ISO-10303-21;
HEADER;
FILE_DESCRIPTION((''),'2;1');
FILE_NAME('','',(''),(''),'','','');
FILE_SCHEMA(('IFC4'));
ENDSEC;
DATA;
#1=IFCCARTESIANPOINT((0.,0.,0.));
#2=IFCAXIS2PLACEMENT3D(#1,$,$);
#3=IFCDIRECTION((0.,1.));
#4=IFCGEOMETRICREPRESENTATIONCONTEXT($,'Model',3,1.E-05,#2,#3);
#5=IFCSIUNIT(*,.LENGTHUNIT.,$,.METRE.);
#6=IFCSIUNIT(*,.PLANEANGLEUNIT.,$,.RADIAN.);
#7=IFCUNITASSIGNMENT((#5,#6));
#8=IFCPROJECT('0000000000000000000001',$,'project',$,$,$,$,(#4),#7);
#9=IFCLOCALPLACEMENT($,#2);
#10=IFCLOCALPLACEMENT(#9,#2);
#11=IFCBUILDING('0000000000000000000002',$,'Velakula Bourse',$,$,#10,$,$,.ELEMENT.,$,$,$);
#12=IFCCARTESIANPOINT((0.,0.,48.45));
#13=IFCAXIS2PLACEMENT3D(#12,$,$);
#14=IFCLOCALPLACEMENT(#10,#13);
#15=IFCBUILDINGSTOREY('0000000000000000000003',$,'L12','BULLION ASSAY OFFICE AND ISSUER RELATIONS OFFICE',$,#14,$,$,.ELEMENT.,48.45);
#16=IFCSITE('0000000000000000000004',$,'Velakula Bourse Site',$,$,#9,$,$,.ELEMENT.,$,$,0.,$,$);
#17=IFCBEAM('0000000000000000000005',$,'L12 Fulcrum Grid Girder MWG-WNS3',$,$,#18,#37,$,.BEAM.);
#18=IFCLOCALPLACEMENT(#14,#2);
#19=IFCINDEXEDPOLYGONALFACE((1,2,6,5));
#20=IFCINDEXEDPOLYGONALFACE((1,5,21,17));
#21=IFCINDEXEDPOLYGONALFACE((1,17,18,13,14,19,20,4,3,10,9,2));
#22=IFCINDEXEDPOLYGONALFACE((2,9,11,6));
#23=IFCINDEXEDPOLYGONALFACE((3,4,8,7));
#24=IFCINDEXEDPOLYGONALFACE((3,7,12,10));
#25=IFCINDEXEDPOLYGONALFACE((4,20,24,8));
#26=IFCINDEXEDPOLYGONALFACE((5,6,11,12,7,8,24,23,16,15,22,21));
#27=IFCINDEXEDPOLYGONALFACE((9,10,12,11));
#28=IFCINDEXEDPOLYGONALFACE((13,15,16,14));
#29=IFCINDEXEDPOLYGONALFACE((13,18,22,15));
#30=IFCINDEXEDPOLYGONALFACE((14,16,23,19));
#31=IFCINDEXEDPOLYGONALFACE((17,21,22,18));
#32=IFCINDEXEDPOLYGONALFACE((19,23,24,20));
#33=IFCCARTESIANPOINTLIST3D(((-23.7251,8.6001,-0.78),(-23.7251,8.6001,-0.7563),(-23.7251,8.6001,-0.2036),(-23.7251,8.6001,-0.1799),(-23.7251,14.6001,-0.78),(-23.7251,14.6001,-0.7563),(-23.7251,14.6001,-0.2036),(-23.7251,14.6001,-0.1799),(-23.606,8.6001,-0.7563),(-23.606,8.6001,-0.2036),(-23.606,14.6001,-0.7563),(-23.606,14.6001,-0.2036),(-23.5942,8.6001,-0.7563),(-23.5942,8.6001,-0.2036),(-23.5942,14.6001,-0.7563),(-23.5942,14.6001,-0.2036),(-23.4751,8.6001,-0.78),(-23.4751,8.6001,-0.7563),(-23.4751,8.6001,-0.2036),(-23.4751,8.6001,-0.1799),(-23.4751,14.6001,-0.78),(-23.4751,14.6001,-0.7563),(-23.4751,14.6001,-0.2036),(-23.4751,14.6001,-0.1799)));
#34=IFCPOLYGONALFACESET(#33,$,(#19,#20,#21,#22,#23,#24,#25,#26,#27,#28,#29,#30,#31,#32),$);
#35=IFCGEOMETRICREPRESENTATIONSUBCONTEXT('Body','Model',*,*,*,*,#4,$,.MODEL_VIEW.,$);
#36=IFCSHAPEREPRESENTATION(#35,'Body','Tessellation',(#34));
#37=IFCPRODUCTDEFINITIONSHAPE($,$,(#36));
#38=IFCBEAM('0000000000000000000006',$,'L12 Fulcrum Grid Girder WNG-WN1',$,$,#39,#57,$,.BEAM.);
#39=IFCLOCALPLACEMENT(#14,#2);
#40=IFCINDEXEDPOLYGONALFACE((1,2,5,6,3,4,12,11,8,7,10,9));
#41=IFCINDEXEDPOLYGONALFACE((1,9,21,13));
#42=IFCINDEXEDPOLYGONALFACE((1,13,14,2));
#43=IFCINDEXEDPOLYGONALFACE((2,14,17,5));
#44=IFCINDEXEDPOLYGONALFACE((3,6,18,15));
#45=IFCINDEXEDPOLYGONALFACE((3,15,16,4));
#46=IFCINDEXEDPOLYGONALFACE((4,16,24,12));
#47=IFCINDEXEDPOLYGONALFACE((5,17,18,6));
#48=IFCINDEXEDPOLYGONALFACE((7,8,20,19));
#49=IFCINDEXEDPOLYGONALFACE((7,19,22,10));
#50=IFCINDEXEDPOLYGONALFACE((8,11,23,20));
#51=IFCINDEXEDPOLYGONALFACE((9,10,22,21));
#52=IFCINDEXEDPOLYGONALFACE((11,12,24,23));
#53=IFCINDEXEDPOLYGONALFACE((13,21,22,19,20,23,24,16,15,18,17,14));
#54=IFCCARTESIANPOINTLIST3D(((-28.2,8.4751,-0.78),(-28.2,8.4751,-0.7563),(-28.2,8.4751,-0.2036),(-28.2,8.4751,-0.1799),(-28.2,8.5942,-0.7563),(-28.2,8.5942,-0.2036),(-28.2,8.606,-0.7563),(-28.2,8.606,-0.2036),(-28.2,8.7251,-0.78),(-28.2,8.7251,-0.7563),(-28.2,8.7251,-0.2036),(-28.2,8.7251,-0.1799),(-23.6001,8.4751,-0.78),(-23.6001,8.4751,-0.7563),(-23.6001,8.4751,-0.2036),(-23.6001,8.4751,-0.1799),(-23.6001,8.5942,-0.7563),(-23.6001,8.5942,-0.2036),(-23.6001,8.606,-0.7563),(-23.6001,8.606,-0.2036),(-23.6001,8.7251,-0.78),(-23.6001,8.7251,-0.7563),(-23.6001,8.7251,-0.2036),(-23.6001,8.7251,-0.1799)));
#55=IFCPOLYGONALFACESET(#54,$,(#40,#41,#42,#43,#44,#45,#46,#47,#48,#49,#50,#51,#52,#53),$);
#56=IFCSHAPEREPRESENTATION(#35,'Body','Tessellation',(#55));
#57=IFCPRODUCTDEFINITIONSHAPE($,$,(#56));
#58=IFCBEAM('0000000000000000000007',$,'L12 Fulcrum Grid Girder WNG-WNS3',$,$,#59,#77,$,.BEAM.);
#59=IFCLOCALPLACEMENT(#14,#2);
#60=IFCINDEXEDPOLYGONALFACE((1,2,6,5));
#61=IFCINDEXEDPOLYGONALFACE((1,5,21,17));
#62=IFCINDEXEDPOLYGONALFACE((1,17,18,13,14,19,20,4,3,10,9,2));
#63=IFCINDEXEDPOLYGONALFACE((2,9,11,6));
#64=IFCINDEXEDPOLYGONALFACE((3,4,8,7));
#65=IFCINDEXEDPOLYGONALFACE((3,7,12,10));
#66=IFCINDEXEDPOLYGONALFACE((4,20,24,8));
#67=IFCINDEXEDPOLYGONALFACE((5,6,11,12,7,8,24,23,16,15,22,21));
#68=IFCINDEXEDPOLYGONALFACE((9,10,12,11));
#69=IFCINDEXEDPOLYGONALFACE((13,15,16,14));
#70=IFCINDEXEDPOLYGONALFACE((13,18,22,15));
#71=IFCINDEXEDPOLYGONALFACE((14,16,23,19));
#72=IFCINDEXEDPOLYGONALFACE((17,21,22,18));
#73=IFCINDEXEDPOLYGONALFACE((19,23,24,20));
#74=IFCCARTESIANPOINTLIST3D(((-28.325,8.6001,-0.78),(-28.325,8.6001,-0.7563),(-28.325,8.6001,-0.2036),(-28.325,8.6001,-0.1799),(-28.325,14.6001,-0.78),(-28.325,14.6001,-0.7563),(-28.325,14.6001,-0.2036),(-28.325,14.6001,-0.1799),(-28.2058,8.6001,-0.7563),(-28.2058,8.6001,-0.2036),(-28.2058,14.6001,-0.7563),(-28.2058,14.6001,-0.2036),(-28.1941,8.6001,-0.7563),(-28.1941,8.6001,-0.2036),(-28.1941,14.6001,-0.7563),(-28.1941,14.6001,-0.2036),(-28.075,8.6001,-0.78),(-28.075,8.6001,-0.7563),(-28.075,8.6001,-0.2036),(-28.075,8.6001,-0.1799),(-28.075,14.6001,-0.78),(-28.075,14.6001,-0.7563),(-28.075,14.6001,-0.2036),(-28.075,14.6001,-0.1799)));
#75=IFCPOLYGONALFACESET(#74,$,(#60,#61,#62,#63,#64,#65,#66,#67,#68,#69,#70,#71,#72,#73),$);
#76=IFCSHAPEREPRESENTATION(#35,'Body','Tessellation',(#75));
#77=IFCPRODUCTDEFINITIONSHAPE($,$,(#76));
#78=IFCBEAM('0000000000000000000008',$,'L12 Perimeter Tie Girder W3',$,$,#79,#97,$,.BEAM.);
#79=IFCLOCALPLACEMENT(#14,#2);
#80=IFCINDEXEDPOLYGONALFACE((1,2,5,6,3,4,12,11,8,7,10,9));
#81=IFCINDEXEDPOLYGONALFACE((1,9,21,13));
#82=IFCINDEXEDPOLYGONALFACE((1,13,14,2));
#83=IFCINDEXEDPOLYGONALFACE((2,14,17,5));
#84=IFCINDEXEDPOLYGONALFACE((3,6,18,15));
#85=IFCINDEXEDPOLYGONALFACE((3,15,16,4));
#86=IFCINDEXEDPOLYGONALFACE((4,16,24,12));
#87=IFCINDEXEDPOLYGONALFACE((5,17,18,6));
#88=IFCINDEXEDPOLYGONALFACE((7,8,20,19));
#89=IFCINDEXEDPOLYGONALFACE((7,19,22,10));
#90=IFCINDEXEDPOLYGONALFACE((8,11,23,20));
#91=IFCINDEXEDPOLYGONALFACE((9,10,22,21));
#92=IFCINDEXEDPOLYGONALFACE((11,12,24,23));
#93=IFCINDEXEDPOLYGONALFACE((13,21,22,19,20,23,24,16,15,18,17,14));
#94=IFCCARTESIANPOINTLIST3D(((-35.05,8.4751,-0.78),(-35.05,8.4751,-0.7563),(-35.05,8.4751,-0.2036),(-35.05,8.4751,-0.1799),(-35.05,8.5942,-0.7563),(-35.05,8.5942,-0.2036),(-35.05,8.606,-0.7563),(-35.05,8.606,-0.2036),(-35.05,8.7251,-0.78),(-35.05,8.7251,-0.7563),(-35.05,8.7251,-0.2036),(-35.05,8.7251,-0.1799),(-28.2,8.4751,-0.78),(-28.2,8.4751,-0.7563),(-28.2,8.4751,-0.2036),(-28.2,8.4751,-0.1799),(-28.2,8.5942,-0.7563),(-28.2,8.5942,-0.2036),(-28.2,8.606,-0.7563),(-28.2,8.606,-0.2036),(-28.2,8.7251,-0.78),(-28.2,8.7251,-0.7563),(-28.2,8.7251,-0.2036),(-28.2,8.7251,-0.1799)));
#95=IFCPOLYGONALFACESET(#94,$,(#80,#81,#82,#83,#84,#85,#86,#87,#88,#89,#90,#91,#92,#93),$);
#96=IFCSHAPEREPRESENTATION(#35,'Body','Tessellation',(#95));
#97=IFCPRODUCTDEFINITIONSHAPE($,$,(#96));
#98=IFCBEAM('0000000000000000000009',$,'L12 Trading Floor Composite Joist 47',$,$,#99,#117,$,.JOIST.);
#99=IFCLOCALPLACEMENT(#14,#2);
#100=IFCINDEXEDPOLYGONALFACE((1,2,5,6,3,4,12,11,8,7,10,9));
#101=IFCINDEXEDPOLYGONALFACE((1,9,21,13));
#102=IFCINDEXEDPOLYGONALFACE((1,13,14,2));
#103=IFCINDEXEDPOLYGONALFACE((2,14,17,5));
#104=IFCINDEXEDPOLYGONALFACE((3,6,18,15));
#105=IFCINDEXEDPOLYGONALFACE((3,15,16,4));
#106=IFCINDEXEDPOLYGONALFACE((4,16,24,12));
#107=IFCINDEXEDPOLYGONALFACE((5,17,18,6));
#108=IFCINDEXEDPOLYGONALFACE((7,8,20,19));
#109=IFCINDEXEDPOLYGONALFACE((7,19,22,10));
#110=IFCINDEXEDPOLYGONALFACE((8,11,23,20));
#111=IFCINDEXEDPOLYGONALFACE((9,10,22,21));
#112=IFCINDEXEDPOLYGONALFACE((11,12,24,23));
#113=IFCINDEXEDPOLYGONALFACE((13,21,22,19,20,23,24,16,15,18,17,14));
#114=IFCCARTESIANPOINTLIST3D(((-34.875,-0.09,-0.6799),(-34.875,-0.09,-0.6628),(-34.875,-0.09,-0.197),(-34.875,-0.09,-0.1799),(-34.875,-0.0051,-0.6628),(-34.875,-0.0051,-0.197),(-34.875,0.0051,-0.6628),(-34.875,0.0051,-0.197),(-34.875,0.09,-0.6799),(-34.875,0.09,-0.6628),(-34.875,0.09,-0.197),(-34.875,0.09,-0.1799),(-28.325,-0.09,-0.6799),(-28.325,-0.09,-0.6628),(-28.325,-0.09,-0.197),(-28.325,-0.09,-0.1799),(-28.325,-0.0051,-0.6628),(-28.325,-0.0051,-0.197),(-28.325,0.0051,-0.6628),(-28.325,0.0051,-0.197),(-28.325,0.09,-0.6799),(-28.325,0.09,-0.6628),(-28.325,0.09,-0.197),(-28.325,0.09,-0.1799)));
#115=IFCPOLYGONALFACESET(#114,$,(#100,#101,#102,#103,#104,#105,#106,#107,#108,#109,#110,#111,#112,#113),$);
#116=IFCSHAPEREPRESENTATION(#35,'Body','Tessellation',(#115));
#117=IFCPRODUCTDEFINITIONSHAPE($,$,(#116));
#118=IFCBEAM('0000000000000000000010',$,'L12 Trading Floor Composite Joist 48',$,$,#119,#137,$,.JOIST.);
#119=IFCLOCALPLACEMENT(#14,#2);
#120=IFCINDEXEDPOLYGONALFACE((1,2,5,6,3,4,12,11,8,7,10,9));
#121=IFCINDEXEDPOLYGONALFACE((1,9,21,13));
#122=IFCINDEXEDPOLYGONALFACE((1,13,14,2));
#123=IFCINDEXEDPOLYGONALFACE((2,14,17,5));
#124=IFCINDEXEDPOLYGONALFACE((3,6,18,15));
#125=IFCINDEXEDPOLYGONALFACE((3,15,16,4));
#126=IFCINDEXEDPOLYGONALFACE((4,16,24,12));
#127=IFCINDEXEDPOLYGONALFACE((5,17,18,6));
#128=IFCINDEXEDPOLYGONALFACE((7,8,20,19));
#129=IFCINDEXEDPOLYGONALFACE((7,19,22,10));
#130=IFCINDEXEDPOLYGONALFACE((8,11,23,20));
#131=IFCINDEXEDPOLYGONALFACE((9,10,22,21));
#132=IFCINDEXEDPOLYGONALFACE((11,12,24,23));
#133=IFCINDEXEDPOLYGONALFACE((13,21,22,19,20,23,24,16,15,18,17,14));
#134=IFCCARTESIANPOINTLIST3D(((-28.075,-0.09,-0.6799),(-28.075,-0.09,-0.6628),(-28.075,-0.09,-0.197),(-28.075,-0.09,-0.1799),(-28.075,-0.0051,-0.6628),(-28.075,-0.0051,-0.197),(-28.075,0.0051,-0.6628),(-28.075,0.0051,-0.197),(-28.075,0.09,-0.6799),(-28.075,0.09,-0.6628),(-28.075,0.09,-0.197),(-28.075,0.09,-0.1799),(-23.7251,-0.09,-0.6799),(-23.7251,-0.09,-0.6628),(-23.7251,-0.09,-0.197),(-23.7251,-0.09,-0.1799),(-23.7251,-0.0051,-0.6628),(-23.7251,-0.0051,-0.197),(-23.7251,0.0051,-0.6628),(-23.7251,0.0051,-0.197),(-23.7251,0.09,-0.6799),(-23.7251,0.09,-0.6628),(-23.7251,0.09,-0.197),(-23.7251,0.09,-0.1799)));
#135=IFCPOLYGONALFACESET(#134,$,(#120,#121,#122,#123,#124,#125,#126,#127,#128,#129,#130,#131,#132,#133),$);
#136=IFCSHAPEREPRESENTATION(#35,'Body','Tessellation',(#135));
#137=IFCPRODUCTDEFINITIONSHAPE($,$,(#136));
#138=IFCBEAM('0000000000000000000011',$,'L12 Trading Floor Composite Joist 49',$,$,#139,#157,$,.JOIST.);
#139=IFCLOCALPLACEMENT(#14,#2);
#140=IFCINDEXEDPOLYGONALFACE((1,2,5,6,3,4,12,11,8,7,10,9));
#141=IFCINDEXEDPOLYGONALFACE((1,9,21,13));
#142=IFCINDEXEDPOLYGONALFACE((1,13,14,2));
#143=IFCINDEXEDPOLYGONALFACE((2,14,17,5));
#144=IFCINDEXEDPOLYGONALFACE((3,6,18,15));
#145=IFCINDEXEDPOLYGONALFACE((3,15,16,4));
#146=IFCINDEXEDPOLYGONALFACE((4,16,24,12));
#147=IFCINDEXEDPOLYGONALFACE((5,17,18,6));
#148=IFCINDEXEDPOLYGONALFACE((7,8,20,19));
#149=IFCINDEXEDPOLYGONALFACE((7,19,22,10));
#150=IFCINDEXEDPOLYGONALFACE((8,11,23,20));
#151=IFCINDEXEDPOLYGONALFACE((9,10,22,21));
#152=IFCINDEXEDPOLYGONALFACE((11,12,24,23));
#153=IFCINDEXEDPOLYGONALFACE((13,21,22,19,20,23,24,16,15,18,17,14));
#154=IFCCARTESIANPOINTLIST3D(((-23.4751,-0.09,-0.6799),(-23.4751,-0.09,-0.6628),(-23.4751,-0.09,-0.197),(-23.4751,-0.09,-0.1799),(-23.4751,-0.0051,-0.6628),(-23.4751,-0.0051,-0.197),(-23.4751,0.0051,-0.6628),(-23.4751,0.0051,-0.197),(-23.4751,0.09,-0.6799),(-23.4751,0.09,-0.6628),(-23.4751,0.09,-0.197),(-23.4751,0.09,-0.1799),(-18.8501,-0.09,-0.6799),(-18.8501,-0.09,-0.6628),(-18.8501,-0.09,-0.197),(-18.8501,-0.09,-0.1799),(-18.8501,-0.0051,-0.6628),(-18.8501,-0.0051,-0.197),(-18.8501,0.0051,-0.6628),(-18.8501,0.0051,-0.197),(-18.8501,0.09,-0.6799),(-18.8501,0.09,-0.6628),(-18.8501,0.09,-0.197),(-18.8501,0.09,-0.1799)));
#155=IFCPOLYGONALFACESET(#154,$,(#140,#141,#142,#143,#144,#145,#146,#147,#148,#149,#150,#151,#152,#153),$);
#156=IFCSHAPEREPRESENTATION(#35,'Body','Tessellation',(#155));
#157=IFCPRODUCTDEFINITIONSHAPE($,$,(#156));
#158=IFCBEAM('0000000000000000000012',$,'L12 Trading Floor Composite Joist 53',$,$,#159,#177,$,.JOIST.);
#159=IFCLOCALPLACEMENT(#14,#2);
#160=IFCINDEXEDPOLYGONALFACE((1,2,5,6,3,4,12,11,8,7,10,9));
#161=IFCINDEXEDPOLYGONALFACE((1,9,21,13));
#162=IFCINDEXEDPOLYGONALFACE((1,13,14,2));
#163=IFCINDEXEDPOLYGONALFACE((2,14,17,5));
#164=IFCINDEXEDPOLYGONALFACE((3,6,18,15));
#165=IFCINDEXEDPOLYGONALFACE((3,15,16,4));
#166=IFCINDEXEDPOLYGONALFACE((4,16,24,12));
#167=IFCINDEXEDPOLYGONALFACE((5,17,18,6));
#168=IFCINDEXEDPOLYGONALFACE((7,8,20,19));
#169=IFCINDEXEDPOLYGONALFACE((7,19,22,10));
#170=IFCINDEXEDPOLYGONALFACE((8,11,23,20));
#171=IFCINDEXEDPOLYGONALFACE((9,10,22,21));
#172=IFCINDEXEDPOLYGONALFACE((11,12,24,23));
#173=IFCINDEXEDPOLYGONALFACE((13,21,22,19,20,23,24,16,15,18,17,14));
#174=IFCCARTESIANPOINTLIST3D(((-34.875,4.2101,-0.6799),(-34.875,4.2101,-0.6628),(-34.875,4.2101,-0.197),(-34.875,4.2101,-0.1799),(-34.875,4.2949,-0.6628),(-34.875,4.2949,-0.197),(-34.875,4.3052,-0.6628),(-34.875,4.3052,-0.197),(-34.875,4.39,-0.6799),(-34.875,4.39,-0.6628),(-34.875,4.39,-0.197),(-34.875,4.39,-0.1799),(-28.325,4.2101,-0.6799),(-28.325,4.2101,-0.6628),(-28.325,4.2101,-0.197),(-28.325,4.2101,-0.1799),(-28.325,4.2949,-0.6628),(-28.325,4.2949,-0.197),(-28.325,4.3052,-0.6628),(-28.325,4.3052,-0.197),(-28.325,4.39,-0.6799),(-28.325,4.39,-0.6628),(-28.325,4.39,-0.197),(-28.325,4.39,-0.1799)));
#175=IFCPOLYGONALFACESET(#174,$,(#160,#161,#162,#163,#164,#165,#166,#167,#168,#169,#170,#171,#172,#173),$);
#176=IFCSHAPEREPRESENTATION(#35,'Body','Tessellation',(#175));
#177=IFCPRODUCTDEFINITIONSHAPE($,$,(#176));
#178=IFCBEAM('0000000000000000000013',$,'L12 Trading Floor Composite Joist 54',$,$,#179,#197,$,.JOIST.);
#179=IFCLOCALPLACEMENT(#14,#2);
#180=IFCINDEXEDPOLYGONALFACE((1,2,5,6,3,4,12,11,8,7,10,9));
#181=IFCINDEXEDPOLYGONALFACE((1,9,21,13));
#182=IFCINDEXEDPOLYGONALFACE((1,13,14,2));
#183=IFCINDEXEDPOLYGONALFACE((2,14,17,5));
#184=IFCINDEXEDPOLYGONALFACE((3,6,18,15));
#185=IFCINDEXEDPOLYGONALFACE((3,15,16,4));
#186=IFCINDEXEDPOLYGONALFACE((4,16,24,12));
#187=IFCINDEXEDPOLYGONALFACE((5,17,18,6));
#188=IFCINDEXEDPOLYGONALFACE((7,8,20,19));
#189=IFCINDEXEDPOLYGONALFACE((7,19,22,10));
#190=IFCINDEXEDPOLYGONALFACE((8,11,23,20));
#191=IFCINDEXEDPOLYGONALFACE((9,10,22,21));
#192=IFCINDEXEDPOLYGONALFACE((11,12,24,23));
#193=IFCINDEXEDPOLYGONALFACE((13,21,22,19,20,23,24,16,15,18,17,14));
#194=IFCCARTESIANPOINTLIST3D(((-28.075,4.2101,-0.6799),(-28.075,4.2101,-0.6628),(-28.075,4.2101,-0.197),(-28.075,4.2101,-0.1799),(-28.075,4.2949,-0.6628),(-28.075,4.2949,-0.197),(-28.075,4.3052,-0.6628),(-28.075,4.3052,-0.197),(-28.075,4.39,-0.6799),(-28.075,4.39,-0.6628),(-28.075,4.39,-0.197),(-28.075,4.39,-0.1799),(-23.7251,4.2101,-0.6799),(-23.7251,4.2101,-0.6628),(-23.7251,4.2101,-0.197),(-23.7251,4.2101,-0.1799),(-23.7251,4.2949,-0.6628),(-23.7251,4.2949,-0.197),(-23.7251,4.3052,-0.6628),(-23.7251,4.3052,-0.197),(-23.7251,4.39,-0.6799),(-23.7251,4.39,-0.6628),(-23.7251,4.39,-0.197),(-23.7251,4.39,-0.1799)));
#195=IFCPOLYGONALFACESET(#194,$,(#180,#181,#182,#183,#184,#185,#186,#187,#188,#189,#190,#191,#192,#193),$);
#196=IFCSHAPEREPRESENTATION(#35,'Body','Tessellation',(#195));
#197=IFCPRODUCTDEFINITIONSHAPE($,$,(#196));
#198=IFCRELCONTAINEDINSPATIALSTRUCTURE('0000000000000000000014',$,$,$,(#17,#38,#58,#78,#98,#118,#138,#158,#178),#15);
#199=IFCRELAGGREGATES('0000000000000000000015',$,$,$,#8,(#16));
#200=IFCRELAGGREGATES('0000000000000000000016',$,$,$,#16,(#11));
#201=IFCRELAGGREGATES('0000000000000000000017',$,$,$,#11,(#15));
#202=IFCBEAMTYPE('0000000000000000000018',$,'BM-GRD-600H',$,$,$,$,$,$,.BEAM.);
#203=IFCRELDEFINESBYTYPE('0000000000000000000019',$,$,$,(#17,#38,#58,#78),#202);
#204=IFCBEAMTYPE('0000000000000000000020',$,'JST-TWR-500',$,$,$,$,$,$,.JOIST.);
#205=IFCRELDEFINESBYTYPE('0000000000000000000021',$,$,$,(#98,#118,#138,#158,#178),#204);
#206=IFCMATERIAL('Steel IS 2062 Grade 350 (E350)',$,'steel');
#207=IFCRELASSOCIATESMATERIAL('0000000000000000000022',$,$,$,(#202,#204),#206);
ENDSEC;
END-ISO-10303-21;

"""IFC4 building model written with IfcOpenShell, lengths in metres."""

from ifc_helpers import new_model, si_unit, direction, frame, origin, origin_2d, place, context, subcontext, project, spatial, i_section, extrude, material, material_profile, profile_set, type_object, element, save


model = new_model("IFC4")

# Units and contexts
model_context = context("Model", 3, precision=1e-05, world=origin(), true_north=direction((0.0, 1.0)))
body_context = subcontext(model_context, "Body", "Model", "MODEL_VIEW")
ifc_project = project(units=[si_unit("LENGTHUNIT", "METRE"), si_unit("PLANEANGLEUNIT", "RADIAN")], contexts=[model_context])

# Site, building, storey
site_placement = place(None, origin())
site = spatial("IfcSite", under=ifc_project, at=site_placement, Name="Velakula Bourse Site", CompositionType="ELEMENT", RefElevation=0.0)
building_placement = place(site_placement, origin())
building = spatial("IfcBuilding", under=site, at=building_placement, Name="Velakula Bourse", CompositionType="ELEMENT")
storey_placement = place(building_placement, frame((0.0, 0.0, 48.45)))
storey = spatial("IfcBuildingStorey", under=building, at=storey_placement, Name="L12", Description="BULLION ASSAY OFFICE AND ISSUER RELATIONS OFFICE", CompositionType="ELEMENT", Elevation=48.45)

# Beams
ifc_material_1 = material(Name="Steel IS 2062 Grade 350 (E350)", Category="steel")
ifc_material_profile_1 = material_profile(ifc_material_1, i_section(OverallWidth=0.25, OverallDepth=0.6001, WebThickness=0.0117, FlangeThickness=0.0237, at=origin_2d()), Name="Steel IS 2062 Grade 350 (E350)")
ifc_profile_set_1 = profile_set([ifc_material_profile_1], Name="Steel IS 2062 Grade 350 (E350)")
beam_type_1 = type_object("IfcBeamType", Name="BM-GRD-600H", PredefinedType="BEAM", material=ifc_profile_set_1)
beam_1_placement = place(storey_placement, frame((-23.6001, 8.6001, -0.48), z_axis=(0.0, 1.0, 0.0), x_axis=(-1.0, 0.0, 0.0)))
element("IfcBeam", 1, at=beam_1_placement, inside=storey, type_object=beam_type_1, Name="L12 Fulcrum Grid Girder MWG-WNS3", PredefinedType="BEAM", context=body_context, shape_type="SweptSolid", body=[
    extrude(i_section(OverallWidth=0.25, OverallDepth=0.6001, WebThickness=0.0117, FlangeThickness=0.0237, at=origin_2d()), origin(), (0.0, 0.0, 1.0), 6.0),
])
beam_2_placement = place(storey_placement, frame((-28.2, 8.6001, -0.48), z_axis=(1.0, 0.0, 0.0), x_axis=(0.0, 1.0, 0.0)))
element("IfcBeam", 2, at=beam_2_placement, inside=storey, type_object=beam_type_1, Name="L12 Fulcrum Grid Girder WNG-WN1", PredefinedType="BEAM", context=body_context, shape_type="SweptSolid", body=[
    extrude(i_section(OverallWidth=0.25, OverallDepth=0.6001, WebThickness=0.0117, FlangeThickness=0.0237, at=origin_2d()), origin(), (0.0, 0.0, 1.0), 4.5999),
])
beam_3_placement = place(storey_placement, frame((-28.2, 8.6001, -0.48), z_axis=(0.0, 1.0, 0.0), x_axis=(-1.0, 0.0, 0.0)))
element("IfcBeam", 3, at=beam_3_placement, inside=storey, type_object=beam_type_1, Name="L12 Fulcrum Grid Girder WNG-WNS3", PredefinedType="BEAM", context=body_context, shape_type="SweptSolid", body=[
    extrude(i_section(OverallWidth=0.25, OverallDepth=0.6001, WebThickness=0.0117, FlangeThickness=0.0237, at=origin_2d()), origin(), (0.0, 0.0, 1.0), 6.0),
])
beam_4_placement = place(storey_placement, frame((-28.2, 8.6001, -0.48), z_axis=(-1.0, 0.0, 0.0), x_axis=(0.0, -1.0, 0.0)))
element("IfcBeam", 4, at=beam_4_placement, inside=storey, type_object=beam_type_1, Name="L12 Perimeter Tie Girder W3", PredefinedType="BEAM", context=body_context, shape_type="SweptSolid", body=[
    extrude(i_section(OverallWidth=0.25, OverallDepth=0.6001, WebThickness=0.0117, FlangeThickness=0.0237, at=origin_2d()), origin(), (0.0, 0.0, 1.0), 6.8501),
])
ifc_material_profile_2 = material_profile(ifc_material_1, i_section(OverallWidth=0.1799, OverallDepth=0.5, WebThickness=0.0103, FlangeThickness=0.0171, at=origin_2d()), Name="Steel IS 2062 Grade 350 (E350)")
ifc_profile_set_2 = profile_set([ifc_material_profile_2], Name="Steel IS 2062 Grade 350 (E350)")
beam_type_2 = type_object("IfcBeamType", Name="JST-TWR-500", PredefinedType="JOIST", material=ifc_profile_set_2)
beam_5_placement = place(storey_placement, frame((-34.875, 0.0, -0.4299), z_axis=(1.0, 0.0, 0.0), x_axis=(0.0, 1.0, 0.0)))
element("IfcBeam", 5, at=beam_5_placement, inside=storey, type_object=beam_type_2, Name="L12 Trading Floor Composite Joist 47", PredefinedType="JOIST", context=body_context, shape_type="SweptSolid", body=[
    extrude(i_section(OverallWidth=0.1799, OverallDepth=0.5, WebThickness=0.0103, FlangeThickness=0.0171, at=origin_2d()), origin(), (0.0, 0.0, 1.0), 6.55),
])
beam_6_placement = place(storey_placement, frame((-28.075, 0.0, -0.4299), z_axis=(1.0, 0.0, 0.0), x_axis=(0.0, 1.0, 0.0)))
element("IfcBeam", 6, at=beam_6_placement, inside=storey, type_object=beam_type_2, Name="L12 Trading Floor Composite Joist 48", PredefinedType="JOIST", context=body_context, shape_type="SweptSolid", body=[
    extrude(i_section(OverallWidth=0.1799, OverallDepth=0.5, WebThickness=0.0103, FlangeThickness=0.0171, at=origin_2d()), origin(), (0.0, 0.0, 1.0), 4.3499),
])
beam_7_placement = place(storey_placement, frame((-23.4751, 0.0, -0.4299), z_axis=(1.0, 0.0, 0.0), x_axis=(0.0, 1.0, 0.0)))
element("IfcBeam", 7, at=beam_7_placement, inside=storey, type_object=beam_type_2, Name="L12 Trading Floor Composite Joist 49", PredefinedType="JOIST", context=body_context, shape_type="SweptSolid", body=[
    extrude(i_section(OverallWidth=0.1799, OverallDepth=0.5, WebThickness=0.0103, FlangeThickness=0.0171, at=origin_2d()), origin(), (0.0, 0.0, 1.0), 4.625),
])
beam_8_placement = place(storey_placement, frame((-34.875, 4.3, -0.4299), z_axis=(1.0, 0.0, 0.0), x_axis=(0.0, 1.0, 0.0)))
element("IfcBeam", 8, at=beam_8_placement, inside=storey, type_object=beam_type_2, Name="L12 Trading Floor Composite Joist 53", PredefinedType="JOIST", context=body_context, shape_type="SweptSolid", body=[
    extrude(i_section(OverallWidth=0.1799, OverallDepth=0.5, WebThickness=0.0103, FlangeThickness=0.0171, at=origin_2d()), origin(), (0.0, 0.0, 1.0), 6.55),
])
beam_9_placement = place(storey_placement, frame((-28.075, 4.3, -0.4299), z_axis=(1.0, 0.0, 0.0), x_axis=(0.0, 1.0, 0.0)))
element("IfcBeam", 9, at=beam_9_placement, inside=storey, type_object=beam_type_2, Name="L12 Trading Floor Composite Joist 54", PredefinedType="JOIST", context=body_context, shape_type="SweptSolid", body=[
    extrude(i_section(OverallWidth=0.1799, OverallDepth=0.5, WebThickness=0.0103, FlangeThickness=0.0171, at=origin_2d()), origin(), (0.0, 0.0, 1.0), 4.3499),
])

save(model, "model.ifc")
